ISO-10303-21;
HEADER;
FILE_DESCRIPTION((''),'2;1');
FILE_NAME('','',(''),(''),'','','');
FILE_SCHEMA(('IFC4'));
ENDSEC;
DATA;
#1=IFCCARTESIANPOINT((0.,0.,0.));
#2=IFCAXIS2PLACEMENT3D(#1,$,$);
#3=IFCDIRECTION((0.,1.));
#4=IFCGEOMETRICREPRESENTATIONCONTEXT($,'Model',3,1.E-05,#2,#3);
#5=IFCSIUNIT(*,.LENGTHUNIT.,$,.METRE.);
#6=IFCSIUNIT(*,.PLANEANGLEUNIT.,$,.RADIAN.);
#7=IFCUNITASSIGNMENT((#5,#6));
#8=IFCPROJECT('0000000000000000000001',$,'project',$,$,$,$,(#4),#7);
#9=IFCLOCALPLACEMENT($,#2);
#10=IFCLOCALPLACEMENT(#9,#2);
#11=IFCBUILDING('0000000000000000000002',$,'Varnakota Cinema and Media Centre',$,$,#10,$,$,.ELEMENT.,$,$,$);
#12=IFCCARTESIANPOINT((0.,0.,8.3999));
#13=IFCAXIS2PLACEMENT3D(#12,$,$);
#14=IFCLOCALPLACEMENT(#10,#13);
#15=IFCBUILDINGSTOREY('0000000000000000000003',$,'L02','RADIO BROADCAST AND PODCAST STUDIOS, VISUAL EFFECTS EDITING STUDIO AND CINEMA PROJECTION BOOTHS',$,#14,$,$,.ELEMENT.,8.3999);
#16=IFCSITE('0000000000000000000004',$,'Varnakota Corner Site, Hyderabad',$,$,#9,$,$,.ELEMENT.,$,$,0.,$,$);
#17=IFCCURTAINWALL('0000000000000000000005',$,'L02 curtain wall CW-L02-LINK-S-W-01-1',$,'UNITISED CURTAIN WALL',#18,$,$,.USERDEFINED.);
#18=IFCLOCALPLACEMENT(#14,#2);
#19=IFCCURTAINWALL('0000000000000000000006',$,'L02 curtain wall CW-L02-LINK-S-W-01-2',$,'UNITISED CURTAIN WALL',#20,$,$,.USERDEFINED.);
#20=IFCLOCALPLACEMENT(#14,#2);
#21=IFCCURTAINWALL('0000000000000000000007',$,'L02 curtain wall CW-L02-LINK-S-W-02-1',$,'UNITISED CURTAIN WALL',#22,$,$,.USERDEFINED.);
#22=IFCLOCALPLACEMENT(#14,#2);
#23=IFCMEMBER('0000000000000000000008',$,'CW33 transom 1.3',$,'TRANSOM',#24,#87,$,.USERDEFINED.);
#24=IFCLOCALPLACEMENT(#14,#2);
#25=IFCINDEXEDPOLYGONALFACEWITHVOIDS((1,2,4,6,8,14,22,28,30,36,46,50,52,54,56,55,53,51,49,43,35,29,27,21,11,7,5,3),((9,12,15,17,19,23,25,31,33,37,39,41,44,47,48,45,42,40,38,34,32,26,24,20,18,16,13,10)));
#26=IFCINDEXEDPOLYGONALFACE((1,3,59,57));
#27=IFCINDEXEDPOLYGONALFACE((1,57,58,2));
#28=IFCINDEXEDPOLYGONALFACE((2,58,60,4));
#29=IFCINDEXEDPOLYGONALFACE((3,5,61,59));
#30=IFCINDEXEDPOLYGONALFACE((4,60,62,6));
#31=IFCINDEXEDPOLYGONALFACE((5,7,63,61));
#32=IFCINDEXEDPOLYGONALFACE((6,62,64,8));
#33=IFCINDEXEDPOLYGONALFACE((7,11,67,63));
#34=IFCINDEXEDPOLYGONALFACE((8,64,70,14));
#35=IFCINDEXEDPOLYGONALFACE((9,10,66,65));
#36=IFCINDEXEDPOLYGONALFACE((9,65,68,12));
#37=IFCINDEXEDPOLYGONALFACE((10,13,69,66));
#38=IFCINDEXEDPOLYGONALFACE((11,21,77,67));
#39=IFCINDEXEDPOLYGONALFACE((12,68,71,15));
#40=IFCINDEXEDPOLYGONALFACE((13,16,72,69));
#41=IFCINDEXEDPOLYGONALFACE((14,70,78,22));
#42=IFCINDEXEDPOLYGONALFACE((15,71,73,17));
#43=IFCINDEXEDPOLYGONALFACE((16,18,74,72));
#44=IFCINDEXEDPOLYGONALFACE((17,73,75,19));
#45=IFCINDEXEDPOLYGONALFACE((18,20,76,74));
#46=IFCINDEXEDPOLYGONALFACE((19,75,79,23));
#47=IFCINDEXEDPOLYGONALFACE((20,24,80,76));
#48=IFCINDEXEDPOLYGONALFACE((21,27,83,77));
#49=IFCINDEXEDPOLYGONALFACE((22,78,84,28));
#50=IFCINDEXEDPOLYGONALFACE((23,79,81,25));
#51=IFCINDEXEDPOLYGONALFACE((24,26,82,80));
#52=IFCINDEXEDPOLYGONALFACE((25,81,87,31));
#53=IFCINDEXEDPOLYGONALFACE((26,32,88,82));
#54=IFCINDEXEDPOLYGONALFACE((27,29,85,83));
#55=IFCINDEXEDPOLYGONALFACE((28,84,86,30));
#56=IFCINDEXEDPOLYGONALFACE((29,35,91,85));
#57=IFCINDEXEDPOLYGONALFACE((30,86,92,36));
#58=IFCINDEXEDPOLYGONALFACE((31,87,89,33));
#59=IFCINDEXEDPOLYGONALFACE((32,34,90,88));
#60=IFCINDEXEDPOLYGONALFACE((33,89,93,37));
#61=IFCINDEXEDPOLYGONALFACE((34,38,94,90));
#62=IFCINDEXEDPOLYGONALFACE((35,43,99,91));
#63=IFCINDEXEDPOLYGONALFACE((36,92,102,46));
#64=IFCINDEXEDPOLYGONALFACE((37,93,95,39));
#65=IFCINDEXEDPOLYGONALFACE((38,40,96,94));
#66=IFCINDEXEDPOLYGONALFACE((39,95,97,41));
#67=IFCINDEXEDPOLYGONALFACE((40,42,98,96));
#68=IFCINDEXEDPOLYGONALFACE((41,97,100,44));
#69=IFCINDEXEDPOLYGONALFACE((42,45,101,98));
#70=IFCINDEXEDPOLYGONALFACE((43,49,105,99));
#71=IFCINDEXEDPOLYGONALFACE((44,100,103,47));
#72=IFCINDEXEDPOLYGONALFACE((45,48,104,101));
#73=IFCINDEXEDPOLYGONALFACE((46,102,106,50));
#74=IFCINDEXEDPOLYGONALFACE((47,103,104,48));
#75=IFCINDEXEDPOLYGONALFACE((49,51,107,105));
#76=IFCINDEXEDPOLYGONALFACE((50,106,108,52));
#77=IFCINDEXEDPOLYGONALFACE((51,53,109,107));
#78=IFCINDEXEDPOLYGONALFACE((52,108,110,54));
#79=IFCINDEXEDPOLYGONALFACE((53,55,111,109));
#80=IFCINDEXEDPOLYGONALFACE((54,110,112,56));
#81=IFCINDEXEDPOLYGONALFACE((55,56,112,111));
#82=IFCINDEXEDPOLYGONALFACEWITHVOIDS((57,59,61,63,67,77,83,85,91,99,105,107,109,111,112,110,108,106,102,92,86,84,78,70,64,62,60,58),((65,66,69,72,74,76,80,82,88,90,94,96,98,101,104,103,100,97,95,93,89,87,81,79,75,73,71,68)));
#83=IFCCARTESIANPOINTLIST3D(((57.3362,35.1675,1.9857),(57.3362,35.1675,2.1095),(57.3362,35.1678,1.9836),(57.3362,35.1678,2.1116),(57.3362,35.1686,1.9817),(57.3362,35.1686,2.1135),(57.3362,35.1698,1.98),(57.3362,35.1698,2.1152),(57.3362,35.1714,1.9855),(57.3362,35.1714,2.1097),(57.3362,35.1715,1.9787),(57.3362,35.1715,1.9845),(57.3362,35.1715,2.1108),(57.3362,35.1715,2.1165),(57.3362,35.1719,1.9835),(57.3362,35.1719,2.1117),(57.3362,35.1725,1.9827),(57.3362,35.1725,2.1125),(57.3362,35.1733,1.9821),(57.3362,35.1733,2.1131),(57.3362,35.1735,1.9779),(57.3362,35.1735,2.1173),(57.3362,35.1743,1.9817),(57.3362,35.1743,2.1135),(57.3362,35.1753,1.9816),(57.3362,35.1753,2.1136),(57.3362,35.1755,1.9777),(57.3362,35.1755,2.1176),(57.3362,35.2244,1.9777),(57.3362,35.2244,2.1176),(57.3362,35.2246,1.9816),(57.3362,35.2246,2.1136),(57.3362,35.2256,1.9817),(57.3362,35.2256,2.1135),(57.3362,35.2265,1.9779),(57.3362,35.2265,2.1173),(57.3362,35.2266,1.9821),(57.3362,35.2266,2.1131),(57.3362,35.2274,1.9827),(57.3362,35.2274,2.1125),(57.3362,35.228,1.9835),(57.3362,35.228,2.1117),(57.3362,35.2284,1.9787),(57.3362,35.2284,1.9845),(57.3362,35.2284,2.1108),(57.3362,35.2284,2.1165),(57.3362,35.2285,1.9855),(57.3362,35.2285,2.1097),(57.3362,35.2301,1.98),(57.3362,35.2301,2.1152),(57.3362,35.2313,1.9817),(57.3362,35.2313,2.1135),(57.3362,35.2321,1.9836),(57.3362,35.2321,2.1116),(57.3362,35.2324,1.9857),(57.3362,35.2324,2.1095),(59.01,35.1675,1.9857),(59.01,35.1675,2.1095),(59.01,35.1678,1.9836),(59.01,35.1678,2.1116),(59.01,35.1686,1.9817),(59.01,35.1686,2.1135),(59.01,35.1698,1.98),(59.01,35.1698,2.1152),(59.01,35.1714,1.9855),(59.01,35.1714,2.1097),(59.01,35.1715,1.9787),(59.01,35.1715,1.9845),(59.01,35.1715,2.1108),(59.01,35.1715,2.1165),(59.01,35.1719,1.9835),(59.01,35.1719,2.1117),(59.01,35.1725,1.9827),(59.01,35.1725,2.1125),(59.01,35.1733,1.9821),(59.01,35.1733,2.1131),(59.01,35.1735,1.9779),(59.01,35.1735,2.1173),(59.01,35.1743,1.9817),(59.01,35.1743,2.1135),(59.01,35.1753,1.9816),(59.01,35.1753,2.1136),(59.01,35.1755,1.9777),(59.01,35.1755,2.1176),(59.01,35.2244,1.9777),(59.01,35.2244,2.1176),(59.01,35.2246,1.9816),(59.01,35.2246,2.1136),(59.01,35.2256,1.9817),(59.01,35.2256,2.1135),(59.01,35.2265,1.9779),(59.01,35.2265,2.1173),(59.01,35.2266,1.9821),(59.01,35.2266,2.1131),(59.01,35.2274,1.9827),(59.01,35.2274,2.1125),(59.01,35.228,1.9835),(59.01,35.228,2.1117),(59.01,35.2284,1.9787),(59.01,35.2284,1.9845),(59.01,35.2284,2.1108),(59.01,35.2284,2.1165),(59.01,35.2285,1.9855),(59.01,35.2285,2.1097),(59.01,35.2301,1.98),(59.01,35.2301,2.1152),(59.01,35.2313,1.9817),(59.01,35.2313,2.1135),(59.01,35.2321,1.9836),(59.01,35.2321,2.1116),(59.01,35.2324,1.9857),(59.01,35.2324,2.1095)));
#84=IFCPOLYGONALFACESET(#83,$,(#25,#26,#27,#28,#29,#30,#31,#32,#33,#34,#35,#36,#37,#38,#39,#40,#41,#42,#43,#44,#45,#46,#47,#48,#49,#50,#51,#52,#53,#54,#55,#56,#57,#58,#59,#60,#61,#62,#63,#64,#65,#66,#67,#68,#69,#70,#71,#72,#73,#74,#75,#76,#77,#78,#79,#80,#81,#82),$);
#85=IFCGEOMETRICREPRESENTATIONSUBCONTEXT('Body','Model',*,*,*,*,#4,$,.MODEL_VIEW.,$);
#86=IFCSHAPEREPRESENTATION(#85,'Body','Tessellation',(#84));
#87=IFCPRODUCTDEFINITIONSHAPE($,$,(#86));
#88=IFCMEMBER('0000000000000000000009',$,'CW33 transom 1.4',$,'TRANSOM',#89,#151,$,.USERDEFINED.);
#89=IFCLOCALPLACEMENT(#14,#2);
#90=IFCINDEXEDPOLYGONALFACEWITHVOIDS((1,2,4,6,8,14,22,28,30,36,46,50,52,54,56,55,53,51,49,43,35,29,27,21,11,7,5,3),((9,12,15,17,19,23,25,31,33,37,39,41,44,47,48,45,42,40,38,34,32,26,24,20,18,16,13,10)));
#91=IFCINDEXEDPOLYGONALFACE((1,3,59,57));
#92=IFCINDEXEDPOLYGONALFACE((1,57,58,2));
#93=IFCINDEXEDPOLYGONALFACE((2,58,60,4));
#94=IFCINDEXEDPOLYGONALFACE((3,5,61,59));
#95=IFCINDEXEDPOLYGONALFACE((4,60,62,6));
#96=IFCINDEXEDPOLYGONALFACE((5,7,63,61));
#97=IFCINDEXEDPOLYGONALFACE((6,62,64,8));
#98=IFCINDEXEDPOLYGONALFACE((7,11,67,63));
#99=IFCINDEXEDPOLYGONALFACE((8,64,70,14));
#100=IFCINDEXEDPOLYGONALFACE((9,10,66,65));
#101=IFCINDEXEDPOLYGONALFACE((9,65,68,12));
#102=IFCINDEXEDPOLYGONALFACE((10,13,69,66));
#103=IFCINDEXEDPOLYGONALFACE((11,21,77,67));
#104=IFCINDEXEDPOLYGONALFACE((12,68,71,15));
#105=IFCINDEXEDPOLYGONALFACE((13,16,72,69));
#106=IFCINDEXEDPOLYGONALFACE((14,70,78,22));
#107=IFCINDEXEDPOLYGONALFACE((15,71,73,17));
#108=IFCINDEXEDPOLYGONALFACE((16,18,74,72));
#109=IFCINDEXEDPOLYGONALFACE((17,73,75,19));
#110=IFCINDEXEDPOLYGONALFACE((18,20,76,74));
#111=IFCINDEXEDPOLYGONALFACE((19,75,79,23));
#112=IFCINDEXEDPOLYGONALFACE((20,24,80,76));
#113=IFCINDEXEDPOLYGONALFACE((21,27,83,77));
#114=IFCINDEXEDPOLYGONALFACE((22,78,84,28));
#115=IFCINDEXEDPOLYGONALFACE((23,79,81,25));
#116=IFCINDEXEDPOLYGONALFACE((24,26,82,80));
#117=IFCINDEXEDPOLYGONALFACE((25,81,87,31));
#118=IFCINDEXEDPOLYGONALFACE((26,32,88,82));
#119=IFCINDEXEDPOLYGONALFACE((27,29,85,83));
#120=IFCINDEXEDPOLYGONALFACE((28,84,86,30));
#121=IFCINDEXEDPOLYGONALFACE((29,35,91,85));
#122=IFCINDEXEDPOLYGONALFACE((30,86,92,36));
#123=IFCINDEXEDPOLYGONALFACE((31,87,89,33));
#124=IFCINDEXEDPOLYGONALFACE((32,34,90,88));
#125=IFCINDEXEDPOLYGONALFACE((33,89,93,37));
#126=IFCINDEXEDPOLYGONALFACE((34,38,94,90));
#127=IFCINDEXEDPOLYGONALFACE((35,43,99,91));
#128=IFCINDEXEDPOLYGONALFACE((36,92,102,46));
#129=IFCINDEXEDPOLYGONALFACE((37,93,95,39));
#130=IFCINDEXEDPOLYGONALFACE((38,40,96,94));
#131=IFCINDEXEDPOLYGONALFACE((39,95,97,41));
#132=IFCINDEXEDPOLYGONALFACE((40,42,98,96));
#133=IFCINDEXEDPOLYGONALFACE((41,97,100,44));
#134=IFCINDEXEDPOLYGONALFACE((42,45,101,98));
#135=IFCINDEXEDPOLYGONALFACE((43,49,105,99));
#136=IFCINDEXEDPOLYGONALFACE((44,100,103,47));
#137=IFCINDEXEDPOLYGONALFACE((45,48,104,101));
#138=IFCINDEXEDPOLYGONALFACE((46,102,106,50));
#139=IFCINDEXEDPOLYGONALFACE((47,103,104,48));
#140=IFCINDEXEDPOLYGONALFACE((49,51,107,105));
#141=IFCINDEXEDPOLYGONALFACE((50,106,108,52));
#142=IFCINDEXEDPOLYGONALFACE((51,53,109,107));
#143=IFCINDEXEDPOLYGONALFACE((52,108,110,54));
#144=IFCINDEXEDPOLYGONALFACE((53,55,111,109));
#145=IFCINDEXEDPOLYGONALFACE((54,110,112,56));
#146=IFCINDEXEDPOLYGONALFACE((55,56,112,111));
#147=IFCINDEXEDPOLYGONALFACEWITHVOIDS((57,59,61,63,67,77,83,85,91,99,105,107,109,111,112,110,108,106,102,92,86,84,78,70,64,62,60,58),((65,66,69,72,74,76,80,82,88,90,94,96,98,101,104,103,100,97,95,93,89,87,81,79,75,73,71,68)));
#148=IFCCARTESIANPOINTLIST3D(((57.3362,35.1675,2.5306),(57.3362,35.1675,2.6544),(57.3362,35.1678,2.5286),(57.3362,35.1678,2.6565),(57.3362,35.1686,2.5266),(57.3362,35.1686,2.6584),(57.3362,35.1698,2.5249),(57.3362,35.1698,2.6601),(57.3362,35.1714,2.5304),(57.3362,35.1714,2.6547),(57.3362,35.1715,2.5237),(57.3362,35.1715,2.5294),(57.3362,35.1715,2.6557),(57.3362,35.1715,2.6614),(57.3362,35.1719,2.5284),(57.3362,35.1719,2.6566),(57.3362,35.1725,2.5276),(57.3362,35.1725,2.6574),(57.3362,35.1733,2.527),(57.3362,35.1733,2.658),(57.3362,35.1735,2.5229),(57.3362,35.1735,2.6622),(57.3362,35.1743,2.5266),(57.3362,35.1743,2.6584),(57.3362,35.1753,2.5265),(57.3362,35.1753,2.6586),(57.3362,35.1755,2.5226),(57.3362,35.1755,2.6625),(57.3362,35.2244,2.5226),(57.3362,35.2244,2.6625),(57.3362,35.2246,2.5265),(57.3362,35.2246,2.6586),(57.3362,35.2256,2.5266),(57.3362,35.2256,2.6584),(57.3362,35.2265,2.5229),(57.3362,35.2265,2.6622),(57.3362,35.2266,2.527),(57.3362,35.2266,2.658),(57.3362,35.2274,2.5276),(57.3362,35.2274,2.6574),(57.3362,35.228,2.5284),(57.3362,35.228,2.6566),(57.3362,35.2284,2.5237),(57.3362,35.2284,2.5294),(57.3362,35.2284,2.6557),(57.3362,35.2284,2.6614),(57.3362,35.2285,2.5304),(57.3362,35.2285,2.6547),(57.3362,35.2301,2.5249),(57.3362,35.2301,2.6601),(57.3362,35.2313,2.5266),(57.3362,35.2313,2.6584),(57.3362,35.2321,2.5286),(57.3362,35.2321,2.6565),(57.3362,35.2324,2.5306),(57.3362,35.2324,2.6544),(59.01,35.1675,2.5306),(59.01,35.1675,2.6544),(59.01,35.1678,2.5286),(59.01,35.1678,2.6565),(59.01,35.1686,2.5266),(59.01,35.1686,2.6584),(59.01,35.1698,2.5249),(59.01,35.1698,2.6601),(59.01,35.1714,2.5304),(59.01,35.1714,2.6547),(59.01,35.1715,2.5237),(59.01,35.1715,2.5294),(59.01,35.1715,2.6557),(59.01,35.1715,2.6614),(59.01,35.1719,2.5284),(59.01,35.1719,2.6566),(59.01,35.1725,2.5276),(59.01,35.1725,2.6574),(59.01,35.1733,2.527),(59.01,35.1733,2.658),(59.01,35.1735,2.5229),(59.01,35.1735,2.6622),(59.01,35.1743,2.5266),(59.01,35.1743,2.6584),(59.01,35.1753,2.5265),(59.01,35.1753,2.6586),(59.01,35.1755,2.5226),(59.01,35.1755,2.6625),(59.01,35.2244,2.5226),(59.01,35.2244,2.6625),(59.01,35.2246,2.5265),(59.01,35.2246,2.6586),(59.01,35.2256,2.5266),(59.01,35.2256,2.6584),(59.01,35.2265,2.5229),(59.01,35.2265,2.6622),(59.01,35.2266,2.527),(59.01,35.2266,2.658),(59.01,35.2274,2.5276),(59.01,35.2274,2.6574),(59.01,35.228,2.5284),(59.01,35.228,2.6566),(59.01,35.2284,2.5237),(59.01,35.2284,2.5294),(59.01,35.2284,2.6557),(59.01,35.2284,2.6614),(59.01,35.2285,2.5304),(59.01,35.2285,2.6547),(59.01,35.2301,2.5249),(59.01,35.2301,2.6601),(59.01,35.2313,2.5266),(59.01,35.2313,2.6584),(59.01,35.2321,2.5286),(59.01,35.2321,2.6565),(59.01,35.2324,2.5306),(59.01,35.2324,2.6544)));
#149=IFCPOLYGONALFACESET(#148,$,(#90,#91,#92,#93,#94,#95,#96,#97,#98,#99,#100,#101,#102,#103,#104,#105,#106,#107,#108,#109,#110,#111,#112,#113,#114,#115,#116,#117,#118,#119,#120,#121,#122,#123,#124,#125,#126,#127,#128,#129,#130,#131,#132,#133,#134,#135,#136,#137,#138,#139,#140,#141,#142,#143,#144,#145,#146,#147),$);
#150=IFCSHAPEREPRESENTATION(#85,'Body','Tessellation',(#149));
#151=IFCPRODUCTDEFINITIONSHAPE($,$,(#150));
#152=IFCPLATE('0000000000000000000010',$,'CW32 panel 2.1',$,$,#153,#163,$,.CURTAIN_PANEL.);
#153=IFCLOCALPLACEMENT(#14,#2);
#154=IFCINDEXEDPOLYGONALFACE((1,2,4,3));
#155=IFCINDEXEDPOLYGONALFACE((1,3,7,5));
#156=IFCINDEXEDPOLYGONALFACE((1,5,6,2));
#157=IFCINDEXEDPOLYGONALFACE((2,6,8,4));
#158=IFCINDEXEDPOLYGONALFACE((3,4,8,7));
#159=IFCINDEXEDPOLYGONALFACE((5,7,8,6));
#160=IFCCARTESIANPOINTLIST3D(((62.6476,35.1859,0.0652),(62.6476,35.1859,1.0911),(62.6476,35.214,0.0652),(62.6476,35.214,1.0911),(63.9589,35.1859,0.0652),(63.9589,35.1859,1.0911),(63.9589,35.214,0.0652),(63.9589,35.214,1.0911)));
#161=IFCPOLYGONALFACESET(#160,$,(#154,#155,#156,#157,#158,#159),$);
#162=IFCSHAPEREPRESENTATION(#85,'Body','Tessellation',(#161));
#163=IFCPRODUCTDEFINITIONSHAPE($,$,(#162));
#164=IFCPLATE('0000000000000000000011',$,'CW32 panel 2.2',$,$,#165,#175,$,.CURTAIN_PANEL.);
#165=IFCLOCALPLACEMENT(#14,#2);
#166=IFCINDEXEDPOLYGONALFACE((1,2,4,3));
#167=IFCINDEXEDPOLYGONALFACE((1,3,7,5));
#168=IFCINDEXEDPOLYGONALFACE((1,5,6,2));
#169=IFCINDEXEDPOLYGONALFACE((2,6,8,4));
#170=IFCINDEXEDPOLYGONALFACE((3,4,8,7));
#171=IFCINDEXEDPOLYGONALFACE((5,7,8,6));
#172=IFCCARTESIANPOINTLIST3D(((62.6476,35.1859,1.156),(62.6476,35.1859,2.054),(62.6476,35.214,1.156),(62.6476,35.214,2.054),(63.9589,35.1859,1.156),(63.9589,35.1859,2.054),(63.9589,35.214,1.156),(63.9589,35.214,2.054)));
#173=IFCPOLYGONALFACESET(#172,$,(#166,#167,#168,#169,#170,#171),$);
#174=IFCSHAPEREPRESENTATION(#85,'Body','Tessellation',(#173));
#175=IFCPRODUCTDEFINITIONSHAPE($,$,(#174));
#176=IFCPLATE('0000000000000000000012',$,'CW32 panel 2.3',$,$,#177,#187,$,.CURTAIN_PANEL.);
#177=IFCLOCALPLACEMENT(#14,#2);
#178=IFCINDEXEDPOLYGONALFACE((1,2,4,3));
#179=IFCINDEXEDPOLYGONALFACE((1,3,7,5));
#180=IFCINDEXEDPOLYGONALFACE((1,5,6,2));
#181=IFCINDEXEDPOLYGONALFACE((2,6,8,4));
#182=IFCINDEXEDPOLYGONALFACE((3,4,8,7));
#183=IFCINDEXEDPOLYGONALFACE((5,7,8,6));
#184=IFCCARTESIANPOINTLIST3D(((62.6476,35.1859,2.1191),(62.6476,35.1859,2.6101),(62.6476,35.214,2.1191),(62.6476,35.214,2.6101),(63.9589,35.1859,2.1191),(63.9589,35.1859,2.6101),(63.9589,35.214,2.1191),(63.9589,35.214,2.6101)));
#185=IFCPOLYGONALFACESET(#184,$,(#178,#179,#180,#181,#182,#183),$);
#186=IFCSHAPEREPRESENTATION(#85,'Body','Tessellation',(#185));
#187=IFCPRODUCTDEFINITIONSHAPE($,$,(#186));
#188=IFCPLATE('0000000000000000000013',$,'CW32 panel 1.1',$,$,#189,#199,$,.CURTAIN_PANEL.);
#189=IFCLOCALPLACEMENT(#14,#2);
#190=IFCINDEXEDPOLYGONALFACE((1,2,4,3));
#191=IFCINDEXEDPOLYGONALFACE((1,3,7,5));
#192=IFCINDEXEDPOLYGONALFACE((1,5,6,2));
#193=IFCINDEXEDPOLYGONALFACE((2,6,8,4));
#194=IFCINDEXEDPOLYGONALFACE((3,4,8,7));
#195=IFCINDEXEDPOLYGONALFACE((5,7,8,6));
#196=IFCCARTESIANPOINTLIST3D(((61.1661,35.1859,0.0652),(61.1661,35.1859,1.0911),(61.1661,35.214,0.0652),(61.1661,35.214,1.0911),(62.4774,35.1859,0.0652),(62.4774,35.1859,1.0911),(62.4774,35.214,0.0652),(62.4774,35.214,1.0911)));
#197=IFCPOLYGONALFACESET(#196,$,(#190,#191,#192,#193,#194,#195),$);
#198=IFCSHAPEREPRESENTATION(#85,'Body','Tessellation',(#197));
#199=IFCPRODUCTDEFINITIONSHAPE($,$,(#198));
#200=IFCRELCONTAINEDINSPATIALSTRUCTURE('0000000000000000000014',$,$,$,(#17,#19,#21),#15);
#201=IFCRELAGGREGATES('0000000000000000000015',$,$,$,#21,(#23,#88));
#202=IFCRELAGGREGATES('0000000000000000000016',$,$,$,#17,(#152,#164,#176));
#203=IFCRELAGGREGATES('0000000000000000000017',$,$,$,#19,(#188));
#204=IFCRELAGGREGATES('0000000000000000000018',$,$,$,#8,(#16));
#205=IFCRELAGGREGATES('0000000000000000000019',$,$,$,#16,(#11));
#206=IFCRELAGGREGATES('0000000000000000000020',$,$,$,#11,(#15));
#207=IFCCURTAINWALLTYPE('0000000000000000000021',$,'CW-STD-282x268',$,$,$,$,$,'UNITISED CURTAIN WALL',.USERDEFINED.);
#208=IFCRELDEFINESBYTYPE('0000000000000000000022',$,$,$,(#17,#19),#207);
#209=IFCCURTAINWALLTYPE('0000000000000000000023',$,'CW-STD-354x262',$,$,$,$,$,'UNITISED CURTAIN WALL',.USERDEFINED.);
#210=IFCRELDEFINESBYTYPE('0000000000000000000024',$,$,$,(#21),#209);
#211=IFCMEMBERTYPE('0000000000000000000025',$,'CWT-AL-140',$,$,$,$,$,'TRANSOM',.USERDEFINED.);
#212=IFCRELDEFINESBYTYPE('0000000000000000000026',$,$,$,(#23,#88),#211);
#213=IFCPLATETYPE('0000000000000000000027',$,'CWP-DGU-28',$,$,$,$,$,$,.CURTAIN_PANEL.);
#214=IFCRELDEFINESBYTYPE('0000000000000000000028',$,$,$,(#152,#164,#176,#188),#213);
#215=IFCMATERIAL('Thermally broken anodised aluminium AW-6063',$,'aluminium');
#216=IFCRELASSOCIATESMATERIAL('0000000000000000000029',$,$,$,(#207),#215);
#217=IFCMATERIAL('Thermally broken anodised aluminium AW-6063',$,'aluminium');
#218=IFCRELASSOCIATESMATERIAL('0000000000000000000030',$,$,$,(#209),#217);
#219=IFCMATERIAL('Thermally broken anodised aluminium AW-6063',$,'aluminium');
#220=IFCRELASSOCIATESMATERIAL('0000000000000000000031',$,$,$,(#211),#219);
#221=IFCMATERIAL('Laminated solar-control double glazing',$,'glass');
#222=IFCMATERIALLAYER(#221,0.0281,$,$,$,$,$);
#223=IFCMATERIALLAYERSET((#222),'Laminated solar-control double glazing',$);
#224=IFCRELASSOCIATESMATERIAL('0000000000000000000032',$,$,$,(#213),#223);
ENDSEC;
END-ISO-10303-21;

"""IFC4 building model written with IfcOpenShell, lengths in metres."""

from ifc_helpers import new_model, si_unit, direction, frame, origin, origin_2d, place, context, subcontext, project, spatial, rectangle, hollow_rectangle, extrude, material, layer, layer_set, material_profile, profile_set, type_object, element, aggregate, save


model = new_model("IFC4")

# Units and contexts
model_context = context("Model", 3, precision=1e-05, world=origin(), true_north=direction((0.0, 1.0)))
body_context = subcontext(model_context, "Body", "Model", "MODEL_VIEW")
ifc_project = project(units=[si_unit("LENGTHUNIT", "METRE"), si_unit("PLANEANGLEUNIT", "RADIAN")], contexts=[model_context])

# Site, building, storey
site_placement = place(None, origin())
site = spatial("IfcSite", under=ifc_project, at=site_placement, Name="Varnakota Corner Site, Hyderabad", CompositionType="ELEMENT", RefElevation=0.0)
building_placement = place(site_placement, origin())
building = spatial("IfcBuilding", under=site, at=building_placement, Name="Varnakota Cinema and Media Centre", CompositionType="ELEMENT")
storey_placement = place(building_placement, frame((0.0, 0.0, 8.3999)))
storey = spatial("IfcBuildingStorey", under=building, at=storey_placement, Name="L02", Description="RADIO BROADCAST AND PODCAST STUDIOS, VISUAL EFFECTS EDITING STUDIO AND CINEMA PROJECTION BOOTHS", CompositionType="ELEMENT", Elevation=8.3999)

# Curtain wall
ifc_material_1 = material(Name="Thermally broken anodised aluminium AW-6063", Category="aluminium")
curtain_wall_type_1 = type_object("IfcCurtainWallType", Name="CW-STD-282x268", ElementType="UNITISED CURTAIN WALL", PredefinedType="USERDEFINED", material=ifc_material_1)
curtain_wall_1_placement = place(storey_placement, origin())
curtain_wall_1 = element("IfcCurtainWall", 1, at=curtain_wall_1_placement, inside=storey, type_object=curtain_wall_type_1, Name="L02 curtain wall CW-L02-LINK-S-W-01-1", ObjectType="UNITISED CURTAIN WALL", PredefinedType="USERDEFINED")

# Curtain wall
curtain_wall_2_placement = place(storey_placement, origin())
curtain_wall_2 = element("IfcCurtainWall", 2, at=curtain_wall_2_placement, inside=storey, type_object=curtain_wall_type_1, Name="L02 curtain wall CW-L02-LINK-S-W-01-2", ObjectType="UNITISED CURTAIN WALL", PredefinedType="USERDEFINED")

# Curtain wall
ifc_material_2 = material(Name="Thermally broken anodised aluminium AW-6063", Category="aluminium")
curtain_wall_type_2 = type_object("IfcCurtainWallType", Name="CW-STD-354x262", ElementType="UNITISED CURTAIN WALL", PredefinedType="USERDEFINED", material=ifc_material_2)
curtain_wall_3_placement = place(storey_placement, origin())
curtain_wall_3 = element("IfcCurtainWall", 3, at=curtain_wall_3_placement, inside=storey, type_object=curtain_wall_type_2, Name="L02 curtain wall CW-L02-LINK-S-W-02-1", ObjectType="UNITISED CURTAIN WALL", PredefinedType="USERDEFINED")

# Members
ifc_material_3 = material(Name="Thermally broken anodised aluminium AW-6063", Category="aluminium")
ifc_material_profile_1 = material_profile(ifc_material_3, hollow_rectangle(XDim=0.0649, YDim=0.1399, WallThickness=0.0039, InnerFilletRadius=0.0039, OuterFilletRadius=0.0081, at=origin_2d()), Name="AL-TRANSOM 140x65x4")
ifc_profile_set_1 = profile_set([ifc_material_profile_1], Name="Thermally broken anodised aluminium AW-6063")
member_type_1 = type_object("IfcMemberType", Name="CWT-AL-140", ElementType="TRANSOM", PredefinedType="USERDEFINED", material=ifc_profile_set_1)
member_1_placement = place(storey_placement, frame((59.01, 35.2, 2.0476), z_axis=(-1.0, 0.0, 0.0), x_axis=(0.0, -1.0, 0.0)))
member_1 = element("IfcMember", 4, at=member_1_placement, type_object=member_type_1, Name="CW33 transom 1.3", ObjectType="TRANSOM", PredefinedType="USERDEFINED", context=body_context, shape_type="SweptSolid", body=[
    extrude(hollow_rectangle(XDim=0.0649, YDim=0.1399, WallThickness=0.0039, InnerFilletRadius=0.0039, OuterFilletRadius=0.0081, at=origin_2d()), origin(), (0.0, 0.0, 1.0), 1.6738),
])
member_2_placement = place(storey_placement, frame((59.01, 35.2, 2.5925), z_axis=(-1.0, 0.0, 0.0), x_axis=(0.0, -1.0, 0.0)))
member_2 = element("IfcMember", 5, at=member_2_placement, type_object=member_type_1, Name="CW33 transom 1.4", ObjectType="TRANSOM", PredefinedType="USERDEFINED", context=body_context, shape_type="SweptSolid", body=[
    extrude(hollow_rectangle(XDim=0.0649, YDim=0.1399, WallThickness=0.0039, InnerFilletRadius=0.0039, OuterFilletRadius=0.0081, at=origin_2d()), origin(), (0.0, 0.0, 1.0), 1.6738),
])
aggregate(curtain_wall_3, [member_1, member_2])

# Plates
ifc_material_4 = material(Name="Laminated solar-control double glazing", Category="glass")
ifc_layer = layer(ifc_material_4, 0.0281)
ifc_layer_set = layer_set([ifc_layer], Name="Laminated solar-control double glazing")
plate_type = type_object("IfcPlateType", Name="CWP-DGU-28", PredefinedType="CURTAIN_PANEL", material=ifc_layer_set)
plate_1_placement = place(storey_placement, frame((63.3032, 35.2, 0.0652), z_axis=(0.0, 0.0, 1.0), x_axis=(-1.0, 0.0, 0.0)))
plate_1 = element("IfcPlate", 6, at=plate_1_placement, type_object=plate_type, Name="CW32 panel 2.1", PredefinedType="CURTAIN_PANEL", context=body_context, shape_type="SweptSolid", body=[
    extrude(rectangle(XDim=1.3113, YDim=0.0281, at=origin_2d()), origin(), (0.0, 0.0, 1.0), 1.0259),
])
plate_2_placement = place(storey_placement, frame((63.3032, 35.2, 1.156), z_axis=(0.0, 0.0, 1.0), x_axis=(-1.0, 0.0, 0.0)))
plate_2 = element("IfcPlate", 7, at=plate_2_placement, type_object=plate_type, Name="CW32 panel 2.2", PredefinedType="CURTAIN_PANEL", context=body_context, shape_type="SweptSolid", body=[
    extrude(rectangle(XDim=1.3113, YDim=0.0281, at=origin_2d()), origin(), (0.0, 0.0, 1.0), 0.8979),
])
plate_3_placement = place(storey_placement, frame((63.3032, 35.2, 2.1191), z_axis=(0.0, 0.0, 1.0), x_axis=(-1.0, 0.0, 0.0)))
plate_3 = element("IfcPlate", 8, at=plate_3_placement, type_object=plate_type, Name="CW32 panel 2.3", PredefinedType="CURTAIN_PANEL", context=body_context, shape_type="SweptSolid", body=[
    extrude(rectangle(XDim=1.3113, YDim=0.0281, at=origin_2d()), origin(), (0.0, 0.0, 1.0), 0.491),
])
aggregate(curtain_wall_1, [plate_1, plate_2, plate_3])
plate_4_placement = place(storey_placement, frame((61.8218, 35.2, 0.0652), z_axis=(0.0, 0.0, 1.0), x_axis=(-1.0, 0.0, 0.0)))
plate_4 = element("IfcPlate", 9, at=plate_4_placement, type_object=plate_type, Name="CW32 panel 1.1", PredefinedType="CURTAIN_PANEL", context=body_context, shape_type="SweptSolid", body=[
    extrude(rectangle(XDim=1.3113, YDim=0.0281, at=origin_2d()), origin(), (0.0, 0.0, 1.0), 1.0259),
])
aggregate(curtain_wall_2, [plate_4])

save(model, "model.ifc")
